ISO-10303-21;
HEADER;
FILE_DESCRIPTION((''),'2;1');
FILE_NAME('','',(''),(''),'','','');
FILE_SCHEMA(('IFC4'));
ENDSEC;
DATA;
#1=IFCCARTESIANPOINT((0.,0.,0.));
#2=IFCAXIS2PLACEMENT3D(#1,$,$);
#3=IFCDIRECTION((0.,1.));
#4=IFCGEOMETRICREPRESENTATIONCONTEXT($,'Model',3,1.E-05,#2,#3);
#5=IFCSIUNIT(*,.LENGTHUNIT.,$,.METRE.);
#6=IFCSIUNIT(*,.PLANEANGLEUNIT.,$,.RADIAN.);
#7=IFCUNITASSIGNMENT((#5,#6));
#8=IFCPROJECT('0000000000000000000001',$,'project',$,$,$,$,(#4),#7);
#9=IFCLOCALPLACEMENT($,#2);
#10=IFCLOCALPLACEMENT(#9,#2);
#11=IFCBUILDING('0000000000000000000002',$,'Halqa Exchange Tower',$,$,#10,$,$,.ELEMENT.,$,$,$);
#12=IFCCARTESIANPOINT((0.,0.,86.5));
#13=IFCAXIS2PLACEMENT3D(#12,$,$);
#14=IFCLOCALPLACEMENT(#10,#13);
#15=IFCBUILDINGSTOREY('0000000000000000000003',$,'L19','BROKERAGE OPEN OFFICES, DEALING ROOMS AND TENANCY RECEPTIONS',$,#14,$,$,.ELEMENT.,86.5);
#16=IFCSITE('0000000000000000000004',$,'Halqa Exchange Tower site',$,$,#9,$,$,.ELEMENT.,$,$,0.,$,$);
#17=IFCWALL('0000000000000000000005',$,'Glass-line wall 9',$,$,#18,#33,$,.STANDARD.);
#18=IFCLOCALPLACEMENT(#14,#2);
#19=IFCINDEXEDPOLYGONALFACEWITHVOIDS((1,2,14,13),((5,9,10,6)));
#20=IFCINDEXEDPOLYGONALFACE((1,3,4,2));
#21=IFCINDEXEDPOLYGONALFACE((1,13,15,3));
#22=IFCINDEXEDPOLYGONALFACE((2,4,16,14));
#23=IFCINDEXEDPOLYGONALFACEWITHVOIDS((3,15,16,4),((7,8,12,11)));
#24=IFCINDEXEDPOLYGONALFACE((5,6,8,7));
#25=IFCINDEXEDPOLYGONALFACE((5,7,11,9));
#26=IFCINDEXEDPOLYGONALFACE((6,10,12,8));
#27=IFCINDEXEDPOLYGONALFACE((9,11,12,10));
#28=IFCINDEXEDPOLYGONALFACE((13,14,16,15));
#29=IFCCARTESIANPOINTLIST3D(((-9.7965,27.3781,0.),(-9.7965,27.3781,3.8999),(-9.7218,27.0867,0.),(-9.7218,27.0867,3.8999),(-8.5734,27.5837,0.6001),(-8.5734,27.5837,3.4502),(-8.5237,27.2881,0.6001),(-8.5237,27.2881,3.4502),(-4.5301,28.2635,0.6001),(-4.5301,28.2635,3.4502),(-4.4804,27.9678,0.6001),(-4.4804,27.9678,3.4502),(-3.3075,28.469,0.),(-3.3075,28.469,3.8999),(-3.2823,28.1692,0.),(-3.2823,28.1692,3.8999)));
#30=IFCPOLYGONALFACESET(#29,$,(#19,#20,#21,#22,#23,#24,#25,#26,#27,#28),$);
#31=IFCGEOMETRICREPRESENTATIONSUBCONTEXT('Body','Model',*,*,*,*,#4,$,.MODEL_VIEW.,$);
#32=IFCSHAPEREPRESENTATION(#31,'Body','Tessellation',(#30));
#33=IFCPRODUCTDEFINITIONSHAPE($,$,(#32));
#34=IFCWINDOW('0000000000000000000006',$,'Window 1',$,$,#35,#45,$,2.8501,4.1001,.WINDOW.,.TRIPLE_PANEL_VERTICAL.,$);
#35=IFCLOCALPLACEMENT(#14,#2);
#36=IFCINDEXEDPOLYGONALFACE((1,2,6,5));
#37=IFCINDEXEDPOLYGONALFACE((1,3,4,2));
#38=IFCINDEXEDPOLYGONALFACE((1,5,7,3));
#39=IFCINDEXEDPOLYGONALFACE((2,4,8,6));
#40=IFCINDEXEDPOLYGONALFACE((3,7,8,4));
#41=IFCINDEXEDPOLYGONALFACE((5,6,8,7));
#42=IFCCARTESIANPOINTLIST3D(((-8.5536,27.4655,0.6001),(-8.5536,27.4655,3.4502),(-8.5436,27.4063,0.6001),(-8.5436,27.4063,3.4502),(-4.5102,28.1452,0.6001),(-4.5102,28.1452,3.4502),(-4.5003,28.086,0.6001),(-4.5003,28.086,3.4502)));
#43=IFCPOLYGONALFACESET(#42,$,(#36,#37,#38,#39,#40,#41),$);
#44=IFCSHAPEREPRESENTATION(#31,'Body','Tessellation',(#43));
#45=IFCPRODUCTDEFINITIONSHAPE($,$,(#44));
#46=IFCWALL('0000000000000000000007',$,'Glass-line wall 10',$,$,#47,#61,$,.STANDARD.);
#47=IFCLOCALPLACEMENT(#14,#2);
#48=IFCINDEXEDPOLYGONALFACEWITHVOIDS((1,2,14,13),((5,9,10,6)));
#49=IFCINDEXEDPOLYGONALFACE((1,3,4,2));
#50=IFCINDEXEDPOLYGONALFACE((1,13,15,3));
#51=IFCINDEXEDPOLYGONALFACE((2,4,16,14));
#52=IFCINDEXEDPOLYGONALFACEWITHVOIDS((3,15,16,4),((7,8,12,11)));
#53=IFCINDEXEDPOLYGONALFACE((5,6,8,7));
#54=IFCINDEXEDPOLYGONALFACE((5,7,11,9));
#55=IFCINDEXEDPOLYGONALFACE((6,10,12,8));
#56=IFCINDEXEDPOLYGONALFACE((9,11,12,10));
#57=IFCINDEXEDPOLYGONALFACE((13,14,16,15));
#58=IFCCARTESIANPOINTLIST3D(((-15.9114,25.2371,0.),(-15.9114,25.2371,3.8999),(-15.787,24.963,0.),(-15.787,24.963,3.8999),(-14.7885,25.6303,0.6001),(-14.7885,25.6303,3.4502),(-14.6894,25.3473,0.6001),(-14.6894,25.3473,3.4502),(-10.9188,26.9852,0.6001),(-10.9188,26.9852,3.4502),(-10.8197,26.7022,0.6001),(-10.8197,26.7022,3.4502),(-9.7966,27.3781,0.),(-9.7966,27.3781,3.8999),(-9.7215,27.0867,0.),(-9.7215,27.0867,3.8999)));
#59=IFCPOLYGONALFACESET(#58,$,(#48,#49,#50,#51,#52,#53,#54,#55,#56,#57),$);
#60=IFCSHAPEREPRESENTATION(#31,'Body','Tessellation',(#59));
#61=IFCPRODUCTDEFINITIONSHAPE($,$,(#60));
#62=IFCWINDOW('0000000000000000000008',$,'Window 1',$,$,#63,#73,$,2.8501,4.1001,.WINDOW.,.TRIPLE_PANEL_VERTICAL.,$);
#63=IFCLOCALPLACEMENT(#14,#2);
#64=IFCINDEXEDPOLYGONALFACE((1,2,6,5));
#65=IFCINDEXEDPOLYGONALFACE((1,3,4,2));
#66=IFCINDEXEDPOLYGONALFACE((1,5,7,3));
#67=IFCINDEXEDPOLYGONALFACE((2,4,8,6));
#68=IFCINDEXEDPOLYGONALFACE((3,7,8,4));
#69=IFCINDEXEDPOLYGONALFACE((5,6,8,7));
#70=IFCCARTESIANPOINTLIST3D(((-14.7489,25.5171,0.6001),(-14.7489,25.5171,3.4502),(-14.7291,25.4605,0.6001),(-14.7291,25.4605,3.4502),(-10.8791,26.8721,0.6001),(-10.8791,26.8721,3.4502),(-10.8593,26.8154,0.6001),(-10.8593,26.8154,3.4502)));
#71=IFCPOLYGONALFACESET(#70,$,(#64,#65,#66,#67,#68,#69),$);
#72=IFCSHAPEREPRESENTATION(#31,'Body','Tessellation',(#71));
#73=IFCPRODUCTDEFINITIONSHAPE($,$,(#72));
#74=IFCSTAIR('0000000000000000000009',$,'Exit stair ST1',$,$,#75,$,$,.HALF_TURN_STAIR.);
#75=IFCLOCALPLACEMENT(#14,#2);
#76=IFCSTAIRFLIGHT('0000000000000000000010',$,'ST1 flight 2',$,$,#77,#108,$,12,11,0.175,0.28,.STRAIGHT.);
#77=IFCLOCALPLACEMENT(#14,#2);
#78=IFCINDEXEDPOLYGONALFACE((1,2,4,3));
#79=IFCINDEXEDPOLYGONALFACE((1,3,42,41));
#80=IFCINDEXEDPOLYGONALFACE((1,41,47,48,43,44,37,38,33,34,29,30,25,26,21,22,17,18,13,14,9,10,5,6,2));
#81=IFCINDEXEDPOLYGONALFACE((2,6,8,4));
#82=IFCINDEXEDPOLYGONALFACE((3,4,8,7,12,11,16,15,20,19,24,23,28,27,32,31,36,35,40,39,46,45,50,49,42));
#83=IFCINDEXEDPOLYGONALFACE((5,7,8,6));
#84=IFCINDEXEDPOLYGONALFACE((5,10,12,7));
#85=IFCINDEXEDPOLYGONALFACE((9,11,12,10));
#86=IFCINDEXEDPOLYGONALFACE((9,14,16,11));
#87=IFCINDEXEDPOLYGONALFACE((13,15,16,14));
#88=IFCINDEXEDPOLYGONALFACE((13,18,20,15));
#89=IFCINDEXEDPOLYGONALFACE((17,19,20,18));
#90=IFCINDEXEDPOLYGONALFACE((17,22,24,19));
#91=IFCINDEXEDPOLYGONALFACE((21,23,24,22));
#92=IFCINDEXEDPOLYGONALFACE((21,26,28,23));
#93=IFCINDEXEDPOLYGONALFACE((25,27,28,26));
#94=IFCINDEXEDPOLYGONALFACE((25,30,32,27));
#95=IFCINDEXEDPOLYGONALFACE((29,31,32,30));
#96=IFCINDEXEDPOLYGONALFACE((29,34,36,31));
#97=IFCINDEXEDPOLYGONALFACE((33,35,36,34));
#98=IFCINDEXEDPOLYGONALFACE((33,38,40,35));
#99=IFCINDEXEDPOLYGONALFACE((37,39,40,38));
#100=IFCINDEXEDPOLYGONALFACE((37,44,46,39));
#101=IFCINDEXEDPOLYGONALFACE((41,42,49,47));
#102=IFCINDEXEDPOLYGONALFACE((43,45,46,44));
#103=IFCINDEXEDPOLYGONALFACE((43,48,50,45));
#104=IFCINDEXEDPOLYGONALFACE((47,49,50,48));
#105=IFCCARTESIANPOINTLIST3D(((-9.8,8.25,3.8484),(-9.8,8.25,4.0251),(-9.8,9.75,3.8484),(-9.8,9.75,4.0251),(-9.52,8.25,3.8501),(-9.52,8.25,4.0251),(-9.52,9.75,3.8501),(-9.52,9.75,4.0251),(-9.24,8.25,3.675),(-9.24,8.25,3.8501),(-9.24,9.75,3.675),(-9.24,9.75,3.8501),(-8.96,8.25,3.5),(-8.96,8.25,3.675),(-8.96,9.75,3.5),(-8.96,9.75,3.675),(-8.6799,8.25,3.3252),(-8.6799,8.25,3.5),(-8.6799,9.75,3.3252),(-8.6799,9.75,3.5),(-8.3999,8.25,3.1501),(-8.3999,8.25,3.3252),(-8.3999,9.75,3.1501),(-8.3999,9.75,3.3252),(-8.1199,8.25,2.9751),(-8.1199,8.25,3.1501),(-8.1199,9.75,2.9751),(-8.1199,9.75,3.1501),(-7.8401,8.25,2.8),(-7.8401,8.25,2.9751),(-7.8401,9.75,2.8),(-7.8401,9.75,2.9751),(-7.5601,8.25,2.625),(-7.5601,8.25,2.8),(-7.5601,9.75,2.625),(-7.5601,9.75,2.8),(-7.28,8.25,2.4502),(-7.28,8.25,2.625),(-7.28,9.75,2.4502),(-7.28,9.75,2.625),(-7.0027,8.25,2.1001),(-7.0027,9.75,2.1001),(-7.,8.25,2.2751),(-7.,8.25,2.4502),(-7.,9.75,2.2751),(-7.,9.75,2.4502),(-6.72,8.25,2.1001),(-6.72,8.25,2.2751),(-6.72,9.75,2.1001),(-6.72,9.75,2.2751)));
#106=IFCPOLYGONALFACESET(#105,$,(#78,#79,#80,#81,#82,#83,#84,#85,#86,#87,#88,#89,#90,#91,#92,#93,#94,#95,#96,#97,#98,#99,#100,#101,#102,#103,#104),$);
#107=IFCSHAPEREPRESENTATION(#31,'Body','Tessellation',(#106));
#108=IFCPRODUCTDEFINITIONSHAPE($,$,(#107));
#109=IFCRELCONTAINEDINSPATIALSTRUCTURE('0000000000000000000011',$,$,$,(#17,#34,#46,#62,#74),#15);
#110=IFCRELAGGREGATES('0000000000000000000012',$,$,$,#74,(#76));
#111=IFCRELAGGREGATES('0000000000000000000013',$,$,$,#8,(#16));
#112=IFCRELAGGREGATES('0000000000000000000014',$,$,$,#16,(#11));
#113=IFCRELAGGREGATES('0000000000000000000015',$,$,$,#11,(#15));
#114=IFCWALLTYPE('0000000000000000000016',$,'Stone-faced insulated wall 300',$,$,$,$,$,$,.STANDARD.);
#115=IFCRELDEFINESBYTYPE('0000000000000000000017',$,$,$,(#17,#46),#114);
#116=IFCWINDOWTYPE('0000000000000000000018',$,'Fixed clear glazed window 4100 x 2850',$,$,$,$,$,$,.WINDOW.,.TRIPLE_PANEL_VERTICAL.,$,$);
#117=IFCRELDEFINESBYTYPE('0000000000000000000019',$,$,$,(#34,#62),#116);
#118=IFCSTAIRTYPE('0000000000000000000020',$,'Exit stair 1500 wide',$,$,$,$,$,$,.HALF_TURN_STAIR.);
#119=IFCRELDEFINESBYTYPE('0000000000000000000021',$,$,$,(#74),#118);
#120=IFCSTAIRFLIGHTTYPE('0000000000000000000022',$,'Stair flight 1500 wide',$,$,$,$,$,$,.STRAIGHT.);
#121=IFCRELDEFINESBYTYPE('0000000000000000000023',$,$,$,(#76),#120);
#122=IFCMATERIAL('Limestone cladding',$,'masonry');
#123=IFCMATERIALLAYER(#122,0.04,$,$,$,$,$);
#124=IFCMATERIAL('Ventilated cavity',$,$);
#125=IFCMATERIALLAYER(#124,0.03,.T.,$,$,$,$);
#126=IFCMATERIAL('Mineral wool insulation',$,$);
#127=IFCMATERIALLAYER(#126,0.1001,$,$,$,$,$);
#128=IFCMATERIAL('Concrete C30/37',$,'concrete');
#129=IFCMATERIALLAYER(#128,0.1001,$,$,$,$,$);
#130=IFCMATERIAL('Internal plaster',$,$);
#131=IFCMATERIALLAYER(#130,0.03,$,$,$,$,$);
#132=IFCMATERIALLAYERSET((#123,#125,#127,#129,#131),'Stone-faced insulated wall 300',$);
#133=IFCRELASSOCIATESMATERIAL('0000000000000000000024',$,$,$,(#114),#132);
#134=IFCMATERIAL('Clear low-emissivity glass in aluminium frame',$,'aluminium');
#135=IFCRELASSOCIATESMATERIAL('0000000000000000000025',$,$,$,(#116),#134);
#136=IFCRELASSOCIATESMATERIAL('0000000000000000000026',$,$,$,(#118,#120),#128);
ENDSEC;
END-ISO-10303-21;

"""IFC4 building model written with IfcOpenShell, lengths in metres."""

from ifc_helpers import new_model, si_unit, direction, frame, frame_2d, origin, place, context, subcontext, project, spatial, polyline, rectangle, outline, extrude, material, layer, layer_set, type_object, element, fill, aggregate, save


model = new_model("IFC4")

# Units and contexts
model_context = context("Model", 3, precision=1e-05, world=origin(), true_north=direction((0.0, 1.0)))
body_context = subcontext(model_context, "Body", "Model", "MODEL_VIEW")
ifc_project = project(units=[si_unit("LENGTHUNIT", "METRE"), si_unit("PLANEANGLEUNIT", "RADIAN")], contexts=[model_context])

# Site, building, storey
site_placement = place(None, origin())
site = spatial("IfcSite", under=ifc_project, at=site_placement, Name="Halqa Exchange Tower site", CompositionType="ELEMENT", RefElevation=0.0)
building_placement = place(site_placement, origin())
building = spatial("IfcBuilding", under=site, at=building_placement, Name="Halqa Exchange Tower", CompositionType="ELEMENT")
storey_placement = place(building_placement, frame((0.0, 0.0, 86.5)))
storey = spatial("IfcBuildingStorey", under=building, at=storey_placement, Name="L19", Description="BROKERAGE OPEN OFFICES, DEALING ROOMS AND TENANCY RECEPTIONS", CompositionType="ELEMENT", Elevation=86.5)

# Shared definitions
ifc_material_1 = material(Name="Concrete C30/37", Category="concrete")

# Walls, openings, windows
ifc_material_2 = material(Name="Limestone cladding", Category="masonry")
ifc_layer_1 = layer(ifc_material_2, 0.04)
ifc_material_3 = material(Name="Ventilated cavity")
ifc_layer_2 = layer(ifc_material_3, 0.03, ventilated=True)
ifc_material_4 = material(Name="Mineral wool insulation")
ifc_layer_3 = layer(ifc_material_4, 0.1001)
ifc_layer_4 = layer(ifc_material_1, 0.1001)
ifc_material_5 = material(Name="Internal plaster")
ifc_layer_5 = layer(ifc_material_5, 0.03)
ifc_layer_set_1 = layer_set([ifc_layer_1, ifc_layer_2, ifc_layer_3, ifc_layer_4, ifc_layer_5], Name="Stone-faced insulated wall 300")
wall_type_1 = type_object("IfcWallType", Name="Stone-faced insulated wall 300", PredefinedType="STANDARD", material=ifc_layer_set_1)
wall_1_placement = place(storey_placement, frame((-3.2949, 28.3191, 0.0), z_axis=(0.0, 0.0, 1.0), x_axis=(-0.986162, -0.165782, 0.0)))
wall_1 = element("IfcWall", 1, at=wall_1_placement, inside=storey, type_object=wall_type_1, Name="Glass-line wall 9", PredefinedType="STANDARD", context=body_context, shape_type="SweptSolid", body=[
    extrude(outline(polyline([(-0.0125, -0.1499), (6.5676, -0.1499), (6.5422, 0.1499), (0.0125, 0.1499), (-0.0125, -0.1499)])), origin(), (0.0, 0.0, 1.0), 3.8999),
])
opening_1_placement = place(wall_1_placement, frame((1.2273, 0.0, 0.6001)))
opening_1 = element("IfcOpeningElement", 2, at=opening_1_placement, cuts=wall_1, PredefinedType="OPENING", context=body_context, shape_type="SweptSolid", body=[
    extrude(rectangle(XDim=4.1001, YDim=2.8501, at=frame_2d((2.05, 1.425))), frame((0.0, 0.1621, 0.0), z_axis=(0.0, -1.0, 0.0), x_axis=(1.0, 0.0, 0.0)), (0.0, 0.0, 1.0), 0.324),
])
ifc_material_6 = material(Name="Clear low-emissivity glass in aluminium frame", Category="aluminium")
window_type = type_object("IfcWindowType", Name="Fixed clear glazed window 4100 x 2850", PartitioningType="TRIPLE_PANEL_VERTICAL", PredefinedType="WINDOW", material=ifc_material_6)
window_1_placement = place(opening_1_placement, origin())
window_1 = element("IfcWindow", 3, at=window_1_placement, inside=storey, type_object=window_type, Name="Window 1", OverallHeight=2.8501, OverallWidth=4.1001, PartitioningType="TRIPLE_PANEL_VERTICAL", PredefinedType="WINDOW", context=body_context, shape_type="SweptSolid", body=[
    extrude(rectangle(XDim=4.1001, YDim=2.8501, at=frame_2d((2.05, 1.425))), frame((0.0, 0.03, 0.0), z_axis=(0.0, -1.0, 0.0), x_axis=(1.0, 0.0, 0.0)), (0.0, 0.0, 1.0), 0.0601),
])
fill(opening_1, window_1)
wall_2_placement = place(storey_placement, frame((-9.759, 27.2324, 0.0), z_axis=(0.0, 0.0, 1.0), x_axis=(-0.94382, -0.33046, 0.0)))
wall_2 = element("IfcWall", 4, at=wall_2_placement, inside=storey, type_object=wall_type_1, Name="Glass-line wall 10", PredefinedType="STANDARD", context=body_context, shape_type="SweptSolid", body=[
    extrude(outline(polyline([(-0.0127, -0.1499), (6.4661, -0.1499), (6.4392, 0.1499), (0.0127, 0.1499), (-0.0127, -0.1499)])), origin(), (0.0, 0.0, 1.0), 3.8999),
])
opening_2_placement = place(wall_2_placement, frame((1.1763, 0.0, 0.6001)))
opening_2 = element("IfcOpeningElement", 5, at=opening_2_placement, cuts=wall_2, PredefinedType="OPENING", context=body_context, shape_type="SweptSolid", body=[
    extrude(rectangle(XDim=4.1001, YDim=2.8501, at=frame_2d((2.05, 1.425))), frame((0.0, 0.1621, 0.0), z_axis=(0.0, -1.0, 0.0), x_axis=(1.0, 0.0, 0.0)), (0.0, 0.0, 1.0), 0.324),
])
window_2_placement = place(opening_2_placement, origin())
window_2 = element("IfcWindow", 6, at=window_2_placement, inside=storey, type_object=window_type, Name="Window 1", OverallHeight=2.8501, OverallWidth=4.1001, PartitioningType="TRIPLE_PANEL_VERTICAL", PredefinedType="WINDOW", context=body_context, shape_type="SweptSolid", body=[
    extrude(rectangle(XDim=4.1001, YDim=2.8501, at=frame_2d((2.05, 1.425))), frame((0.0, 0.03, 0.0), z_axis=(0.0, -1.0, 0.0), x_axis=(1.0, 0.0, 0.0)), (0.0, 0.0, 1.0), 0.0601),
])
fill(opening_2, window_2)

# Stair, stair flight
stair_type = type_object("IfcStairType", Name="Exit stair 1500 wide", PredefinedType="HALF_TURN_STAIR", material=ifc_material_1)
stair_placement = place(storey_placement, origin())
stair = element("IfcStair", 7, at=stair_placement, inside=storey, type_object=stair_type, Name="Exit stair ST1", PredefinedType="HALF_TURN_STAIR")
stair_flight_type = type_object("IfcStairFlightType", Name="Stair flight 1500 wide", PredefinedType="STRAIGHT", material=ifc_material_1)
stair_flight_placement = place(storey_placement, frame((-6.72, 9.0, 2.1001), z_axis=(0.0, 0.0, 1.0), x_axis=(-1.0, 0.0, 0.0)))
stair_flight = element("IfcStairFlight", 8, at=stair_flight_placement, type_object=stair_flight_type, Name="ST1 flight 2", NumberOfRisers=12, NumberOfTreads=11, PredefinedType="STRAIGHT", RiserHeight=0.175, TreadLength=0.28, context=body_context, shape_type="SweptSolid", body=[
    extrude(outline(polyline([(0.0, 0.0), (0.0, 0.175), (0.28, 0.175), (0.28, 0.3501), (0.5601, 0.3501), (0.5601, 0.5249), (0.8401, 0.5249), (0.8401, 0.7), (1.1201, 0.7), (1.1201, 0.875), (1.3999, 0.875), (1.3999, 1.05), (1.6799, 1.05), (1.6799, 1.2251), (1.96, 1.2251), (1.96, 1.3999), (2.24, 1.3999), (2.24, 1.575), (2.52, 1.575), (2.52, 1.75), (2.8, 1.75), (2.8, 1.925), (3.0801, 1.925), (3.0801, 2.1001), (3.0801, 1.7483), (0.2827, 0.0), (0.0, 0.0)])), frame((0.0, 0.75, 0.0), z_axis=(0.0, -1.0, 0.0), x_axis=(1.0, 0.0, 0.0)), (0.0, 0.0, 1.0), 1.5),
])
aggregate(stair, [stair_flight])

save(model, "model.ifc")
